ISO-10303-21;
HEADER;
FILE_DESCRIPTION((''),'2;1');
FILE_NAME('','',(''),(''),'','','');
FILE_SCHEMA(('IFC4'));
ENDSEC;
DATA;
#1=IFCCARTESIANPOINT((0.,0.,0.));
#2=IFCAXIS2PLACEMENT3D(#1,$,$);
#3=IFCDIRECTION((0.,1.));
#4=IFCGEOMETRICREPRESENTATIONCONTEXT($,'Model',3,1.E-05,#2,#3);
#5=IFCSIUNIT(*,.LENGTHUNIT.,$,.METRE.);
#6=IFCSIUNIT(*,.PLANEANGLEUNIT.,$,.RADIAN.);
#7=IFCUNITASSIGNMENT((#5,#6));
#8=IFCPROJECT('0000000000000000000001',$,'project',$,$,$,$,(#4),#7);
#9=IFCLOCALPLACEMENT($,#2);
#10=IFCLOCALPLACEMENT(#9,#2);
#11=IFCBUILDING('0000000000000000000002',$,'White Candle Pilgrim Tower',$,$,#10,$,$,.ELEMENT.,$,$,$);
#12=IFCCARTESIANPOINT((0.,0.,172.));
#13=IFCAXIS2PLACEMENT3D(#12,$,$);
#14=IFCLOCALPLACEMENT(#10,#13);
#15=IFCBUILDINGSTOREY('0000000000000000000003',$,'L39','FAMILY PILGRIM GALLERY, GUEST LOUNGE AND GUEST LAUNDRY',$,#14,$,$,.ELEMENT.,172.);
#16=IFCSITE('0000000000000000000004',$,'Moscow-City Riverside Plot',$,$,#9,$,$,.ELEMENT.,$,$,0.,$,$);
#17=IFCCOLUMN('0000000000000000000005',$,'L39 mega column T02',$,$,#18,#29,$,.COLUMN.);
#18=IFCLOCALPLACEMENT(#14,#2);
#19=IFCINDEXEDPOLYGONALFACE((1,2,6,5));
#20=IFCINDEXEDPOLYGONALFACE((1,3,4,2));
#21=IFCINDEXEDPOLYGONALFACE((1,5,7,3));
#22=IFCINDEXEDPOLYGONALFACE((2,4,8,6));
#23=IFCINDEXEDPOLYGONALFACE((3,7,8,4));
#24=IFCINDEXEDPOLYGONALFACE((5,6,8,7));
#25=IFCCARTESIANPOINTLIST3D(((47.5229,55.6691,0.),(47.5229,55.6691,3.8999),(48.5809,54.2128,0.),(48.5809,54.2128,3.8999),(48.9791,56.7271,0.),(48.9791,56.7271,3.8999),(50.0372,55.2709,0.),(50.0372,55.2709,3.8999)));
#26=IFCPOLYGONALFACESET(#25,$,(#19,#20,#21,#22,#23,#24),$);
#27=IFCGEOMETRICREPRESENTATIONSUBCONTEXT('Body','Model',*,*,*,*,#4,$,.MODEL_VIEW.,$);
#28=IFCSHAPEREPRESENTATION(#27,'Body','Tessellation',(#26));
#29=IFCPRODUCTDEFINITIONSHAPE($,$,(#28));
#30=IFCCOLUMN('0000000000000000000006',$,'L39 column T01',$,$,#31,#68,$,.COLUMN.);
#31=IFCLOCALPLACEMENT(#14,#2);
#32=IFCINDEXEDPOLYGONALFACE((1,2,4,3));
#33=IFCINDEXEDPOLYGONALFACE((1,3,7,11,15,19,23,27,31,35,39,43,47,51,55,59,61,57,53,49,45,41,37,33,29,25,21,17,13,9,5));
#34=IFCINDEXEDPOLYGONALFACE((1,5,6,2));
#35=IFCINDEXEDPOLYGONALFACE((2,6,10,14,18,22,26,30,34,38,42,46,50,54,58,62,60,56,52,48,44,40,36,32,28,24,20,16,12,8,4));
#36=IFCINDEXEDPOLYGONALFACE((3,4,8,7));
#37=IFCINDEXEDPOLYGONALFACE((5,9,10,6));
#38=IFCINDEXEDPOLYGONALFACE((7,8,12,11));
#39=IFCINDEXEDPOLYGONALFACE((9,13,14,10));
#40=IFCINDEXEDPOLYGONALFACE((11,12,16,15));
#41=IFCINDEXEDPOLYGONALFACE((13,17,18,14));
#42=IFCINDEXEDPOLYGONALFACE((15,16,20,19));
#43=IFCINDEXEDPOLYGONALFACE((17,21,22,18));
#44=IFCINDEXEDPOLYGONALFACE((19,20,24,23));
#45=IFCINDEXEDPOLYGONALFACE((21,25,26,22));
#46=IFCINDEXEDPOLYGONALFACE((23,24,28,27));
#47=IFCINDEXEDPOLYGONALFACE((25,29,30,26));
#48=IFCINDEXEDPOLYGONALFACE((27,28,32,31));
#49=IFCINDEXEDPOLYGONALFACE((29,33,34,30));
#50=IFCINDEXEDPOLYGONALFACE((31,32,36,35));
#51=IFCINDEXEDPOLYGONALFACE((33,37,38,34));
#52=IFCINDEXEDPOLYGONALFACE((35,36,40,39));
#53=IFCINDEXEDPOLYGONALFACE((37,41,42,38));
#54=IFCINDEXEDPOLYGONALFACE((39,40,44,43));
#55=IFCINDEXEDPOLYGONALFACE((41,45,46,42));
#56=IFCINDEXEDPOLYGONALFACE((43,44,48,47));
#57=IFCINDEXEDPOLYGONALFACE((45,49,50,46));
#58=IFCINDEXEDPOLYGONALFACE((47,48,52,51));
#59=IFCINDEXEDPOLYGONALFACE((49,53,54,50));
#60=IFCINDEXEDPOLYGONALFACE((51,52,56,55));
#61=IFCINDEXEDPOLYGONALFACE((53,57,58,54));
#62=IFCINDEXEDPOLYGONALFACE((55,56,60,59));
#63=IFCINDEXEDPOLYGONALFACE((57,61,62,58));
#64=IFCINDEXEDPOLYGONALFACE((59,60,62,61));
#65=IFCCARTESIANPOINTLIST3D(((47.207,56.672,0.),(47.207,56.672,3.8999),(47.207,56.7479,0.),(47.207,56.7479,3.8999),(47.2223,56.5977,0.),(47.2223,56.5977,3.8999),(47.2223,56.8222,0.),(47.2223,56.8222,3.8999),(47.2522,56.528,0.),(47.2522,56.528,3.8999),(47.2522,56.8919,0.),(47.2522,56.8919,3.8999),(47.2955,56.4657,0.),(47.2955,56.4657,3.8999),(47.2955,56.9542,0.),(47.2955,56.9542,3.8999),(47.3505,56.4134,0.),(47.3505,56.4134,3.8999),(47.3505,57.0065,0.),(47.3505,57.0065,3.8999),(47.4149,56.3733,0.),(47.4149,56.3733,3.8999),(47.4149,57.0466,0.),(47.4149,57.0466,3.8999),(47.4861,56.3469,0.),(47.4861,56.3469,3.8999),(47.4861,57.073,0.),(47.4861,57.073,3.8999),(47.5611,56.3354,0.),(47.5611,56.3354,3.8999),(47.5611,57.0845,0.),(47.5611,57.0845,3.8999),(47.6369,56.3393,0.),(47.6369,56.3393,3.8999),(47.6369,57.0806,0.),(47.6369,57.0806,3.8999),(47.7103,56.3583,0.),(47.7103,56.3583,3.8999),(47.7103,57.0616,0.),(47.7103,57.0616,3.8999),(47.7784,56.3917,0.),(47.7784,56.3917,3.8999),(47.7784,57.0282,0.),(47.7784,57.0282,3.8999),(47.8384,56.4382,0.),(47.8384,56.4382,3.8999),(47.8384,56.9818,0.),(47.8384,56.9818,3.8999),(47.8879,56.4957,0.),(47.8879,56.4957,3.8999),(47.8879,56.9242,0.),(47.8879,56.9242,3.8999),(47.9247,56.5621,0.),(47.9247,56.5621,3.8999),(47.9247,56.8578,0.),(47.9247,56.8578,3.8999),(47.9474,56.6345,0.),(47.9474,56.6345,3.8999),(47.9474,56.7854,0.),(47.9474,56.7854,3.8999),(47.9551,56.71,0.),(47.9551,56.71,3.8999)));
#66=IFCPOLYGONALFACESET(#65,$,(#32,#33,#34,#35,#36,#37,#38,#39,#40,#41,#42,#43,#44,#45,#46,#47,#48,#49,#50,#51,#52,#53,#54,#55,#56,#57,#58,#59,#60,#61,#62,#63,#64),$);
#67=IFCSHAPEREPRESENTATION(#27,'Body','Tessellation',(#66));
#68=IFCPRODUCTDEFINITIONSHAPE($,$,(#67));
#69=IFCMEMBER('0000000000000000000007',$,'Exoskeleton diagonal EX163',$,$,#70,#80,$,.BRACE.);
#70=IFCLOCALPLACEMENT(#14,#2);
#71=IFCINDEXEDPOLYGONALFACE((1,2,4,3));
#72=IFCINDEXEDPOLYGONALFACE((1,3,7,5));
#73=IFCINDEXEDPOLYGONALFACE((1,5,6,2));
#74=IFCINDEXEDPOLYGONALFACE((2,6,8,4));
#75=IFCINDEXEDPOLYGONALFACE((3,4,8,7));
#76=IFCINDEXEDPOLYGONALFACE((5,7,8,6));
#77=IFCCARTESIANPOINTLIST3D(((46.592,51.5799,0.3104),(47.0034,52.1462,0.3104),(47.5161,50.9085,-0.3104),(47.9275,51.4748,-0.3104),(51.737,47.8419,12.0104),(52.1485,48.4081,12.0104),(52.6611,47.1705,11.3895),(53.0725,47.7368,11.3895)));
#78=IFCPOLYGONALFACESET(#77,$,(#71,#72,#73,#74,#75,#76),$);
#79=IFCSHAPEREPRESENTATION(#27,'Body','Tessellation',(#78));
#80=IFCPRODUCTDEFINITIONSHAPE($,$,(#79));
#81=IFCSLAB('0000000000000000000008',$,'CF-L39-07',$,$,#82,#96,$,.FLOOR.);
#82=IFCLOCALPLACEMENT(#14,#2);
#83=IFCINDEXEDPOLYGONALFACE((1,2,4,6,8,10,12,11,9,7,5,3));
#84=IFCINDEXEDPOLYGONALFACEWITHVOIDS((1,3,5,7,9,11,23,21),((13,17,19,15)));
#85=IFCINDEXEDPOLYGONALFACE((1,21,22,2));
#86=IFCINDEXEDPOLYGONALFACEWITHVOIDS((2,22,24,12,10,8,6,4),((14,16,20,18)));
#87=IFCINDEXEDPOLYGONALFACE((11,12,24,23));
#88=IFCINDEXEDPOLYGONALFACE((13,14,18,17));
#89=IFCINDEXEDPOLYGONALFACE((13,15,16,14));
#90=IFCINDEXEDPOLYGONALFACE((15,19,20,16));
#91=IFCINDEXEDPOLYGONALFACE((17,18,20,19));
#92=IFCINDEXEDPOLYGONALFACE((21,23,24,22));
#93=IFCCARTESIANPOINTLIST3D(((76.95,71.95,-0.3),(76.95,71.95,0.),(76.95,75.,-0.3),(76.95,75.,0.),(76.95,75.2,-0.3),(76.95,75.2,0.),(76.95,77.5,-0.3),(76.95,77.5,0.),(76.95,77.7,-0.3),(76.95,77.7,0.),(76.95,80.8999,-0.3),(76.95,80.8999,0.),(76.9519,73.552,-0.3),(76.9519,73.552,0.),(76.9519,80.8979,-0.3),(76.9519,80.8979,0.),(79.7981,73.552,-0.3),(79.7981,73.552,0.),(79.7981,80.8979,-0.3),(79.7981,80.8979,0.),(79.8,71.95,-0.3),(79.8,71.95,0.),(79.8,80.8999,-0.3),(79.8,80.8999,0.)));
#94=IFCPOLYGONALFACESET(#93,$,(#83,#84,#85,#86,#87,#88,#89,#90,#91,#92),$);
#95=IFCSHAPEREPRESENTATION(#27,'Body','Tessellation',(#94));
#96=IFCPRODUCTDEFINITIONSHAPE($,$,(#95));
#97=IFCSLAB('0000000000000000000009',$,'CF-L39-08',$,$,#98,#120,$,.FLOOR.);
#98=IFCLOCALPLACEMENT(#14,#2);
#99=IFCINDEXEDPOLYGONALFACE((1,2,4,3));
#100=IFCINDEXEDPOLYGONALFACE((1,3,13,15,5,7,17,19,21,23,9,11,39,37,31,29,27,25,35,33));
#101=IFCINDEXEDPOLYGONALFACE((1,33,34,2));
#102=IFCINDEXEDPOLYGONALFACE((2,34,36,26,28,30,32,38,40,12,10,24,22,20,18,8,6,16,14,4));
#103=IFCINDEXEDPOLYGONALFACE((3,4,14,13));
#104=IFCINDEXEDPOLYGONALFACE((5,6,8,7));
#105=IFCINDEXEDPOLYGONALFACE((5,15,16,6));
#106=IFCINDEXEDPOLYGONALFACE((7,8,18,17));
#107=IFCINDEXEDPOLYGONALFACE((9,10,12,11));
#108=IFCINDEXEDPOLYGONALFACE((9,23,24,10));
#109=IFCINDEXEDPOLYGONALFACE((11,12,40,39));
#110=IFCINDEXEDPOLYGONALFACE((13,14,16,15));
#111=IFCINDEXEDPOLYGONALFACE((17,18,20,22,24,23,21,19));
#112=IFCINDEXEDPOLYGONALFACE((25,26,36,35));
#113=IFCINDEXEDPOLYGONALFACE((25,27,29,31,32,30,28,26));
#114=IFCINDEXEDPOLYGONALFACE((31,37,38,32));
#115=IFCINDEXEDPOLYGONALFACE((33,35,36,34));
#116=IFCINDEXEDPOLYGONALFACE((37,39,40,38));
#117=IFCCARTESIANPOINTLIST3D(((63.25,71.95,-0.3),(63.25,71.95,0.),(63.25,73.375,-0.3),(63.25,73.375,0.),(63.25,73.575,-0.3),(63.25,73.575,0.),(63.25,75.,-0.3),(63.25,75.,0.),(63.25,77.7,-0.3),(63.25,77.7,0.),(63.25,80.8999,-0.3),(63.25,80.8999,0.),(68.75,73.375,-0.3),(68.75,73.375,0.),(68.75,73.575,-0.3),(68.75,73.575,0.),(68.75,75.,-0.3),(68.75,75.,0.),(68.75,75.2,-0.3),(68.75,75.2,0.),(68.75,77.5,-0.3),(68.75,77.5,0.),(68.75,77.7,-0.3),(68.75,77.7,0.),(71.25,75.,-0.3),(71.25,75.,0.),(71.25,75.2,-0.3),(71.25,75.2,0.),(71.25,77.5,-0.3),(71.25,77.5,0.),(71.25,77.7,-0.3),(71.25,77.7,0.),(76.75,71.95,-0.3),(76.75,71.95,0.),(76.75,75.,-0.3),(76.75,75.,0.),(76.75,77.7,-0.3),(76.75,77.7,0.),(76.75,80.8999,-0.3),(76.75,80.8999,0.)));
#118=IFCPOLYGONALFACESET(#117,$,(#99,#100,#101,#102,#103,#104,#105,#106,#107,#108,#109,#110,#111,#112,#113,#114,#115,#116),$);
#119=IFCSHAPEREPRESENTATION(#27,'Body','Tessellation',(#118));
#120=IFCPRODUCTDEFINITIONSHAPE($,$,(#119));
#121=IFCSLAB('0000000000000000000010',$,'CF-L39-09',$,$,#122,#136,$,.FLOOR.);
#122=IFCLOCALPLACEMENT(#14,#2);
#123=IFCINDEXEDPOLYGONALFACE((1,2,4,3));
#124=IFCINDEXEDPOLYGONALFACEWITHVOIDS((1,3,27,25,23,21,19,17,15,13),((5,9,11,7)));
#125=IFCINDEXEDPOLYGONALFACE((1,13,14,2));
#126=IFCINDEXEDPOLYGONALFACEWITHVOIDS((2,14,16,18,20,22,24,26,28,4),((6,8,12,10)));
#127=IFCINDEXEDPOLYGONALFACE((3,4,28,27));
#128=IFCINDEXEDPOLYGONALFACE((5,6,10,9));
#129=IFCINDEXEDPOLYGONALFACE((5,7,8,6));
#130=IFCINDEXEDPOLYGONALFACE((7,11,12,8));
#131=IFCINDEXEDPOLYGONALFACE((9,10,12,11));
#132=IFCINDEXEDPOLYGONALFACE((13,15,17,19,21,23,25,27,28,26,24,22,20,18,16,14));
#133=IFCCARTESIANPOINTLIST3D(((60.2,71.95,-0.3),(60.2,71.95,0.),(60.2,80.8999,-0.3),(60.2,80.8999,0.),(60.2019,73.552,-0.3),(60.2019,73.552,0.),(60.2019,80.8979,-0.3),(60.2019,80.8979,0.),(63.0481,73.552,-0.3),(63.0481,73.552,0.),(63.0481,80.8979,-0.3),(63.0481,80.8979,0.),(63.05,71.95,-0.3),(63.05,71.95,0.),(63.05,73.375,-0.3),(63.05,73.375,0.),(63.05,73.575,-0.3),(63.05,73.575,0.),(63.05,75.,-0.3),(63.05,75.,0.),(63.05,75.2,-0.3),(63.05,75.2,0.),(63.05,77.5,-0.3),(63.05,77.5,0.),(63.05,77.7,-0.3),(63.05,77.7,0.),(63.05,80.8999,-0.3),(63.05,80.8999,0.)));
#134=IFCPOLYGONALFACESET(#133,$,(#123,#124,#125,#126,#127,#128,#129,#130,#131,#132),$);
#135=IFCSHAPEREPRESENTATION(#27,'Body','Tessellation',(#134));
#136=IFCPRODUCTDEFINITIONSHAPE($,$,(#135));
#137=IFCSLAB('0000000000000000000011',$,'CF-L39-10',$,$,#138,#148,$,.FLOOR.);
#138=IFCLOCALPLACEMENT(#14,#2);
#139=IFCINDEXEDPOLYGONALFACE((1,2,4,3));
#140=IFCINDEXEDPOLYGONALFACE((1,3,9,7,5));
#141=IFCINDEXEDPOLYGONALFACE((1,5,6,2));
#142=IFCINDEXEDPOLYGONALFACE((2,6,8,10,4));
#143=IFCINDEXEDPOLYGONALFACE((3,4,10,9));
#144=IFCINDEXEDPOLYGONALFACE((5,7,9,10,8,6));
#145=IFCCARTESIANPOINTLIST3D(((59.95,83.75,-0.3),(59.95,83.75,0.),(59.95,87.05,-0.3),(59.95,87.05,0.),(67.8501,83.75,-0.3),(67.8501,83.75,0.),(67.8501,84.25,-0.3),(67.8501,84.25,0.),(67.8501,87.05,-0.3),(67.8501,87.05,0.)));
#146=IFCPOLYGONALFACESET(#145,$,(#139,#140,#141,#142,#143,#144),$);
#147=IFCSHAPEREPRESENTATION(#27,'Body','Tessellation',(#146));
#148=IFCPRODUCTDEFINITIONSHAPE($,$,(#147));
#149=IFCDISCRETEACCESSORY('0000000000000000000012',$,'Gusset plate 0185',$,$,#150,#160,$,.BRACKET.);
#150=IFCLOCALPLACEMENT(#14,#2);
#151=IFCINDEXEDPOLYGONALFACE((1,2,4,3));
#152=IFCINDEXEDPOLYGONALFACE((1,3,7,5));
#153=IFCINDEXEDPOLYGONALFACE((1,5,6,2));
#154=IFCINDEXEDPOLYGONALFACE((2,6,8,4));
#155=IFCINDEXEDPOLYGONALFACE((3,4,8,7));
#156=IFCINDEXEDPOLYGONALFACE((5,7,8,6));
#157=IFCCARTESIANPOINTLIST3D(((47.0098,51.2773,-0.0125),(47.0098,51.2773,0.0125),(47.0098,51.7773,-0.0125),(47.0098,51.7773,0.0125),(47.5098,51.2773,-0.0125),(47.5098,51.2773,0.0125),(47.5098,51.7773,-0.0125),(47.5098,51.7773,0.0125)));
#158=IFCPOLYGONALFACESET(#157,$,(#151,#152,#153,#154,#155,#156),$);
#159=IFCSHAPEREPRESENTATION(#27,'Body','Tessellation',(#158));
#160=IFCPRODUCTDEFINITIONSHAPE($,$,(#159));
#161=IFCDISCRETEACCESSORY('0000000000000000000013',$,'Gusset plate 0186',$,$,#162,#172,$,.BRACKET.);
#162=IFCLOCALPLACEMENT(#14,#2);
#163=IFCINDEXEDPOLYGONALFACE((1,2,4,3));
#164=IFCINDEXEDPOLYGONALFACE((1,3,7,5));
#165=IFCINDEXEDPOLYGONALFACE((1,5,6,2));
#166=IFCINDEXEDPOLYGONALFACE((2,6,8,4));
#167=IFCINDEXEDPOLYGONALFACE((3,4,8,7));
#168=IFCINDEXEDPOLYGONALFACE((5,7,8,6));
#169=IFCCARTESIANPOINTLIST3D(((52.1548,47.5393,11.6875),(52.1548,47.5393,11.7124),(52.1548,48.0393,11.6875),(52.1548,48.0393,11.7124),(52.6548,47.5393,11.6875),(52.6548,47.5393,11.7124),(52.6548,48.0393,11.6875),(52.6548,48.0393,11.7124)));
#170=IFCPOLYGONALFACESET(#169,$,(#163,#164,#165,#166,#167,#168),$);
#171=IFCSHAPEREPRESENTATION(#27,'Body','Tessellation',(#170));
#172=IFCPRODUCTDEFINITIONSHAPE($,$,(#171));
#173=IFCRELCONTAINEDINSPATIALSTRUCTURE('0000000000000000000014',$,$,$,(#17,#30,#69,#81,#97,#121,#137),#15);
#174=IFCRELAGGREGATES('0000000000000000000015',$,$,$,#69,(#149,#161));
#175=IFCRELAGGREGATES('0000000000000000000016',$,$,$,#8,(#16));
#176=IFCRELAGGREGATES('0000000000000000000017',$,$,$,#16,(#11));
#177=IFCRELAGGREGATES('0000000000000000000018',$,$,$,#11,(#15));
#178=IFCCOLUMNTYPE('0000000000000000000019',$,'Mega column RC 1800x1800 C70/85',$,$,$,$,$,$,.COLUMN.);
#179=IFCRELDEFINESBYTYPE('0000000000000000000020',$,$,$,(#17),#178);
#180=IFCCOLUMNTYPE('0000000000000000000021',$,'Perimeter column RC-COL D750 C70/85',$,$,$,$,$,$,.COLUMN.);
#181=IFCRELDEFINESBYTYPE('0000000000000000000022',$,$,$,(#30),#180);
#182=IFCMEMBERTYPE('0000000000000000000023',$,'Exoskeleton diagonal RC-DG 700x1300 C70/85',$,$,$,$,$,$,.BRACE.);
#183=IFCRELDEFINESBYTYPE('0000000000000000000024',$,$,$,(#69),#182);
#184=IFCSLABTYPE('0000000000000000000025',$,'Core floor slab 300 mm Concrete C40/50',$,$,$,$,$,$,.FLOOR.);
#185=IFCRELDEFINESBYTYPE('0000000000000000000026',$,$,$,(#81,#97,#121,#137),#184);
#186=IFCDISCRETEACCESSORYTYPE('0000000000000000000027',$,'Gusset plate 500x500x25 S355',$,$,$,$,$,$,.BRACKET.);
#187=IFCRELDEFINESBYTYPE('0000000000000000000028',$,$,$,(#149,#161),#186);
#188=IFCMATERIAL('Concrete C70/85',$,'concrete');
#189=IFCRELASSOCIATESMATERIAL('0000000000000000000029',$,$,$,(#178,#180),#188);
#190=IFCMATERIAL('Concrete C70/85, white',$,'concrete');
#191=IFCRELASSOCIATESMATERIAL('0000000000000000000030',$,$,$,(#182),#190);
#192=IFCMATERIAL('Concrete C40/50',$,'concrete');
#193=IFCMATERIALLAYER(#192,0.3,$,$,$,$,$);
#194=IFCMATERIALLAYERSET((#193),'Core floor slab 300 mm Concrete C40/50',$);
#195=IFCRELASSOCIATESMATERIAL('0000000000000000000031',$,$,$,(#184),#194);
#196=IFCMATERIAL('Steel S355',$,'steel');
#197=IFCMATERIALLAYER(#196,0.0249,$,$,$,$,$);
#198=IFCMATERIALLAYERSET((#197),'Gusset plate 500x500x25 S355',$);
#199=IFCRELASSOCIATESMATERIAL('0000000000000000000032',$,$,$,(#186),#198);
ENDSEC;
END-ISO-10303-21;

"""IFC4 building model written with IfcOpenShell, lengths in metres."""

from ifc_helpers import new_model, si_unit, direction, frame, origin, origin_2d, place, context, subcontext, project, spatial, polyline, rectangle, circle, outline, extrude, material, layer, layer_set, material_profile, profile_set, type_object, element, aggregate, save


model = new_model("IFC4")

# Units and contexts
model_context = context("Model", 3, precision=1e-05, world=origin(), true_north=direction((0.0, 1.0)))
body_context = subcontext(model_context, "Body", "Model", "MODEL_VIEW")
ifc_project = project(units=[si_unit("LENGTHUNIT", "METRE"), si_unit("PLANEANGLEUNIT", "RADIAN")], contexts=[model_context])

# Site, building, storey
site_placement = place(None, origin())
site = spatial("IfcSite", under=ifc_project, at=site_placement, Name="Moscow-City Riverside Plot", CompositionType="ELEMENT", RefElevation=0.0)
building_placement = place(site_placement, origin())
building = spatial("IfcBuilding", under=site, at=building_placement, Name="White Candle Pilgrim Tower", CompositionType="ELEMENT")
storey_placement = place(building_placement, frame((0.0, 0.0, 172.0)))
storey = spatial("IfcBuildingStorey", under=building, at=storey_placement, Name="L39", Description="FAMILY PILGRIM GALLERY, GUEST LOUNGE AND GUEST LAUNDRY", CompositionType="ELEMENT", Elevation=172.0)

# Columns
ifc_material_1 = material(Name="Concrete C70/85", Category="concrete")
ifc_material_profile_1 = material_profile(ifc_material_1, rectangle(XDim=1.8, YDim=1.8, at=origin_2d()), Name="RC 1800x1800")
ifc_profile_set_1 = profile_set([ifc_material_profile_1], Name="Concrete C70/85")
column_type_1 = type_object("IfcColumnType", Name="Mega column RC 1800x1800 C70/85", PredefinedType="COLUMN", material=ifc_profile_set_1)
column_1_placement = place(storey_placement, frame((48.78, 55.47, 0.0), z_axis=(0.0, 0.0, 1.0), x_axis=(-0.809017, -0.587785, 0.0)))
element("IfcColumn", 1, at=column_1_placement, inside=storey, type_object=column_type_1, Name="L39 mega column T02", PredefinedType="COLUMN", context=body_context, shape_type="SweptSolid", body=[
    extrude(rectangle(XDim=1.8, YDim=1.8, at=origin_2d()), origin(), (0.0, 0.0, 1.0), 3.8999),
])
ifc_material_profile_2 = material_profile(ifc_material_1, circle(Radius=0.375, at=origin_2d()), Name="RC-COL D750")
ifc_profile_set_2 = profile_set([ifc_material_profile_2], Name="Concrete C70/85")
column_type_2 = type_object("IfcColumnType", Name="Perimeter column RC-COL D750 C70/85", PredefinedType="COLUMN", material=ifc_profile_set_2)
column_2_placement = place(storey_placement, frame((47.5801, 56.71, 0.0), z_axis=(0.0, 0.0, 1.0), x_axis=(1.0, 0.0, 0.0)))
element("IfcColumn", 2, at=column_2_placement, inside=storey, type_object=column_type_2, Name="L39 column T01", PredefinedType="COLUMN", context=body_context, shape_type="SweptSolid", body=[
    extrude(circle(Radius=0.375, at=origin_2d()), origin(), (0.0, 0.0, 1.0), 3.8999),
])

# Member
ifc_material_2 = material(Name="Concrete C70/85, white", Category="concrete")
ifc_material_profile_3 = material_profile(ifc_material_2, rectangle(XDim=0.7, YDim=1.3, at=origin_2d()), Name="RC-DG 700x1300")
ifc_profile_set_3 = profile_set([ifc_material_profile_3], Name="Concrete C70/85, white")
member_type = type_object("IfcMemberType", Name="Exoskeleton diagonal RC-DG 700x1300 C70/85", PredefinedType="BRACE", material=ifc_profile_set_3)
member_placement = place(storey_placement, frame((47.2598, 51.5273, 0.0), z_axis=(0.38636, -0.280704, 0.878596), x_axis=(0.587781, 0.80902, 0.0)))
member = element("IfcMember", 3, at=member_placement, inside=storey, type_object=member_type, Name="Exoskeleton diagonal EX163", PredefinedType="BRACE", context=body_context, shape_type="SweptSolid", body=[
    extrude(rectangle(XDim=0.7, YDim=1.3, at=origin_2d()), origin(), (0.0, 0.0, 1.0), 13.3167),
])

# Slabs
ifc_material_3 = material(Name="Concrete C40/50", Category="concrete")
ifc_layer_1 = layer(ifc_material_3, 0.3)
ifc_layer_set_1 = layer_set([ifc_layer_1], Name="Core floor slab 300 mm Concrete C40/50")
slab_type_1 = type_object("IfcSlabType", Name="Core floor slab 300 mm Concrete C40/50", PredefinedType="FLOOR", material=ifc_layer_set_1)
slab_1_placement = place(storey_placement, frame((0.0, 0.0, -0.3)))
element("IfcSlab", 4, at=slab_1_placement, inside=storey, type_object=slab_type_1, Name="CF-L39-07", PredefinedType="FLOOR", context=body_context, shape_type="SweptSolid", body=[
    extrude(outline(polyline([(76.95, 71.95), (76.95, 75.0), (76.95, 75.2), (76.95, 77.5), (76.95, 77.7), (76.95, 80.8999), (79.8, 80.8999), (79.8, 71.95), (76.95, 71.95)]), holes=[polyline([(76.9519, 73.552), (79.7981, 73.552), (79.7981, 80.8979), (76.9519, 80.8979), (76.9519, 73.552)])]), origin(), (0.0, 0.0, 1.0), 0.3),
])
slab_2_placement = place(storey_placement, frame((0.0, 0.0, -0.3)))
element("IfcSlab", 5, at=slab_2_placement, inside=storey, type_object=slab_type_1, Name="CF-L39-08", PredefinedType="FLOOR", context=body_context, shape_type="SweptSolid", body=[
    extrude(outline(polyline([(63.25, 71.95), (63.25, 73.375), (68.75, 73.375), (68.75, 73.575), (63.25, 73.575), (63.25, 75.0), (68.75, 75.0), (68.75, 75.2), (68.75, 77.5), (68.75, 77.7), (63.25, 77.7), (63.25, 80.8999), (76.75, 80.8999), (76.75, 77.7), (71.25, 77.7), (71.25, 77.5), (71.25, 75.2), (71.25, 75.0), (76.75, 75.0), (76.75, 71.95), (63.25, 71.95)])), origin(), (0.0, 0.0, 1.0), 0.3),
])
slab_3_placement = place(storey_placement, frame((0.0, 0.0, -0.3)))
element("IfcSlab", 6, at=slab_3_placement, inside=storey, type_object=slab_type_1, Name="CF-L39-09", PredefinedType="FLOOR", context=body_context, shape_type="SweptSolid", body=[
    extrude(outline(polyline([(60.2, 71.95), (60.2, 80.8999), (63.05, 80.8999), (63.05, 77.7), (63.05, 77.5), (63.05, 75.2), (63.05, 75.0), (63.05, 73.575), (63.05, 73.375), (63.05, 71.95), (60.2, 71.95)]), holes=[polyline([(60.2019, 73.552), (63.0481, 73.552), (63.0481, 80.8979), (60.2019, 80.8979), (60.2019, 73.552)])]), origin(), (0.0, 0.0, 1.0), 0.3),
])
slab_4_placement = place(storey_placement, frame((0.0, 0.0, -0.3)))
element("IfcSlab", 7, at=slab_4_placement, inside=storey, type_object=slab_type_1, Name="CF-L39-10", PredefinedType="FLOOR", context=body_context, shape_type="SweptSolid", body=[
    extrude(outline(polyline([(59.95, 87.05), (67.8501, 87.05), (67.8501, 84.25), (67.8501, 83.75), (59.95, 83.75), (59.95, 87.05)])), origin(), (0.0, 0.0, 1.0), 0.3),
])

# Discrete accessories
ifc_material_4 = material(Name="Steel S355", Category="steel")
ifc_layer_2 = layer(ifc_material_4, 0.0249)
ifc_layer_set_2 = layer_set([ifc_layer_2], Name="Gusset plate 500x500x25 S355")
discrete_accessory_type = type_object("IfcDiscreteAccessoryType", Name="Gusset plate 500x500x25 S355", PredefinedType="BRACKET", material=ifc_layer_set_2)
discrete_accessory_1_placement = place(storey_placement, frame((47.2598, 51.5273, -0.0125), z_axis=(0.0, 0.0, 1.0), x_axis=(1.0, 0.0, 0.0)))
discrete_accessory_1 = element("IfcDiscreteAccessory", 8, at=discrete_accessory_1_placement, type_object=discrete_accessory_type, Name="Gusset plate 0185", PredefinedType="BRACKET", context=body_context, shape_type="SweptSolid", body=[
    extrude(rectangle(XDim=0.5, YDim=0.5, at=origin_2d()), origin(), (0.0, 0.0, 1.0), 0.0249),
])
placement = place(building_placement, frame((0.0, 0.0, 183.7)))
discrete_accessory_2_placement = place(placement, frame((52.4048, 47.7893, -0.0125), z_axis=(0.0, 0.0, 1.0), x_axis=(1.0, 0.0, 0.0)))
discrete_accessory_2 = element("IfcDiscreteAccessory", 9, at=discrete_accessory_2_placement, type_object=discrete_accessory_type, Name="Gusset plate 0186", PredefinedType="BRACKET", context=body_context, shape_type="SweptSolid", body=[
    extrude(rectangle(XDim=0.5, YDim=0.5, at=origin_2d()), origin(), (0.0, 0.0, 1.0), 0.0249),
])
aggregate(member, [discrete_accessory_1, discrete_accessory_2])

save(model, "model.ifc")
